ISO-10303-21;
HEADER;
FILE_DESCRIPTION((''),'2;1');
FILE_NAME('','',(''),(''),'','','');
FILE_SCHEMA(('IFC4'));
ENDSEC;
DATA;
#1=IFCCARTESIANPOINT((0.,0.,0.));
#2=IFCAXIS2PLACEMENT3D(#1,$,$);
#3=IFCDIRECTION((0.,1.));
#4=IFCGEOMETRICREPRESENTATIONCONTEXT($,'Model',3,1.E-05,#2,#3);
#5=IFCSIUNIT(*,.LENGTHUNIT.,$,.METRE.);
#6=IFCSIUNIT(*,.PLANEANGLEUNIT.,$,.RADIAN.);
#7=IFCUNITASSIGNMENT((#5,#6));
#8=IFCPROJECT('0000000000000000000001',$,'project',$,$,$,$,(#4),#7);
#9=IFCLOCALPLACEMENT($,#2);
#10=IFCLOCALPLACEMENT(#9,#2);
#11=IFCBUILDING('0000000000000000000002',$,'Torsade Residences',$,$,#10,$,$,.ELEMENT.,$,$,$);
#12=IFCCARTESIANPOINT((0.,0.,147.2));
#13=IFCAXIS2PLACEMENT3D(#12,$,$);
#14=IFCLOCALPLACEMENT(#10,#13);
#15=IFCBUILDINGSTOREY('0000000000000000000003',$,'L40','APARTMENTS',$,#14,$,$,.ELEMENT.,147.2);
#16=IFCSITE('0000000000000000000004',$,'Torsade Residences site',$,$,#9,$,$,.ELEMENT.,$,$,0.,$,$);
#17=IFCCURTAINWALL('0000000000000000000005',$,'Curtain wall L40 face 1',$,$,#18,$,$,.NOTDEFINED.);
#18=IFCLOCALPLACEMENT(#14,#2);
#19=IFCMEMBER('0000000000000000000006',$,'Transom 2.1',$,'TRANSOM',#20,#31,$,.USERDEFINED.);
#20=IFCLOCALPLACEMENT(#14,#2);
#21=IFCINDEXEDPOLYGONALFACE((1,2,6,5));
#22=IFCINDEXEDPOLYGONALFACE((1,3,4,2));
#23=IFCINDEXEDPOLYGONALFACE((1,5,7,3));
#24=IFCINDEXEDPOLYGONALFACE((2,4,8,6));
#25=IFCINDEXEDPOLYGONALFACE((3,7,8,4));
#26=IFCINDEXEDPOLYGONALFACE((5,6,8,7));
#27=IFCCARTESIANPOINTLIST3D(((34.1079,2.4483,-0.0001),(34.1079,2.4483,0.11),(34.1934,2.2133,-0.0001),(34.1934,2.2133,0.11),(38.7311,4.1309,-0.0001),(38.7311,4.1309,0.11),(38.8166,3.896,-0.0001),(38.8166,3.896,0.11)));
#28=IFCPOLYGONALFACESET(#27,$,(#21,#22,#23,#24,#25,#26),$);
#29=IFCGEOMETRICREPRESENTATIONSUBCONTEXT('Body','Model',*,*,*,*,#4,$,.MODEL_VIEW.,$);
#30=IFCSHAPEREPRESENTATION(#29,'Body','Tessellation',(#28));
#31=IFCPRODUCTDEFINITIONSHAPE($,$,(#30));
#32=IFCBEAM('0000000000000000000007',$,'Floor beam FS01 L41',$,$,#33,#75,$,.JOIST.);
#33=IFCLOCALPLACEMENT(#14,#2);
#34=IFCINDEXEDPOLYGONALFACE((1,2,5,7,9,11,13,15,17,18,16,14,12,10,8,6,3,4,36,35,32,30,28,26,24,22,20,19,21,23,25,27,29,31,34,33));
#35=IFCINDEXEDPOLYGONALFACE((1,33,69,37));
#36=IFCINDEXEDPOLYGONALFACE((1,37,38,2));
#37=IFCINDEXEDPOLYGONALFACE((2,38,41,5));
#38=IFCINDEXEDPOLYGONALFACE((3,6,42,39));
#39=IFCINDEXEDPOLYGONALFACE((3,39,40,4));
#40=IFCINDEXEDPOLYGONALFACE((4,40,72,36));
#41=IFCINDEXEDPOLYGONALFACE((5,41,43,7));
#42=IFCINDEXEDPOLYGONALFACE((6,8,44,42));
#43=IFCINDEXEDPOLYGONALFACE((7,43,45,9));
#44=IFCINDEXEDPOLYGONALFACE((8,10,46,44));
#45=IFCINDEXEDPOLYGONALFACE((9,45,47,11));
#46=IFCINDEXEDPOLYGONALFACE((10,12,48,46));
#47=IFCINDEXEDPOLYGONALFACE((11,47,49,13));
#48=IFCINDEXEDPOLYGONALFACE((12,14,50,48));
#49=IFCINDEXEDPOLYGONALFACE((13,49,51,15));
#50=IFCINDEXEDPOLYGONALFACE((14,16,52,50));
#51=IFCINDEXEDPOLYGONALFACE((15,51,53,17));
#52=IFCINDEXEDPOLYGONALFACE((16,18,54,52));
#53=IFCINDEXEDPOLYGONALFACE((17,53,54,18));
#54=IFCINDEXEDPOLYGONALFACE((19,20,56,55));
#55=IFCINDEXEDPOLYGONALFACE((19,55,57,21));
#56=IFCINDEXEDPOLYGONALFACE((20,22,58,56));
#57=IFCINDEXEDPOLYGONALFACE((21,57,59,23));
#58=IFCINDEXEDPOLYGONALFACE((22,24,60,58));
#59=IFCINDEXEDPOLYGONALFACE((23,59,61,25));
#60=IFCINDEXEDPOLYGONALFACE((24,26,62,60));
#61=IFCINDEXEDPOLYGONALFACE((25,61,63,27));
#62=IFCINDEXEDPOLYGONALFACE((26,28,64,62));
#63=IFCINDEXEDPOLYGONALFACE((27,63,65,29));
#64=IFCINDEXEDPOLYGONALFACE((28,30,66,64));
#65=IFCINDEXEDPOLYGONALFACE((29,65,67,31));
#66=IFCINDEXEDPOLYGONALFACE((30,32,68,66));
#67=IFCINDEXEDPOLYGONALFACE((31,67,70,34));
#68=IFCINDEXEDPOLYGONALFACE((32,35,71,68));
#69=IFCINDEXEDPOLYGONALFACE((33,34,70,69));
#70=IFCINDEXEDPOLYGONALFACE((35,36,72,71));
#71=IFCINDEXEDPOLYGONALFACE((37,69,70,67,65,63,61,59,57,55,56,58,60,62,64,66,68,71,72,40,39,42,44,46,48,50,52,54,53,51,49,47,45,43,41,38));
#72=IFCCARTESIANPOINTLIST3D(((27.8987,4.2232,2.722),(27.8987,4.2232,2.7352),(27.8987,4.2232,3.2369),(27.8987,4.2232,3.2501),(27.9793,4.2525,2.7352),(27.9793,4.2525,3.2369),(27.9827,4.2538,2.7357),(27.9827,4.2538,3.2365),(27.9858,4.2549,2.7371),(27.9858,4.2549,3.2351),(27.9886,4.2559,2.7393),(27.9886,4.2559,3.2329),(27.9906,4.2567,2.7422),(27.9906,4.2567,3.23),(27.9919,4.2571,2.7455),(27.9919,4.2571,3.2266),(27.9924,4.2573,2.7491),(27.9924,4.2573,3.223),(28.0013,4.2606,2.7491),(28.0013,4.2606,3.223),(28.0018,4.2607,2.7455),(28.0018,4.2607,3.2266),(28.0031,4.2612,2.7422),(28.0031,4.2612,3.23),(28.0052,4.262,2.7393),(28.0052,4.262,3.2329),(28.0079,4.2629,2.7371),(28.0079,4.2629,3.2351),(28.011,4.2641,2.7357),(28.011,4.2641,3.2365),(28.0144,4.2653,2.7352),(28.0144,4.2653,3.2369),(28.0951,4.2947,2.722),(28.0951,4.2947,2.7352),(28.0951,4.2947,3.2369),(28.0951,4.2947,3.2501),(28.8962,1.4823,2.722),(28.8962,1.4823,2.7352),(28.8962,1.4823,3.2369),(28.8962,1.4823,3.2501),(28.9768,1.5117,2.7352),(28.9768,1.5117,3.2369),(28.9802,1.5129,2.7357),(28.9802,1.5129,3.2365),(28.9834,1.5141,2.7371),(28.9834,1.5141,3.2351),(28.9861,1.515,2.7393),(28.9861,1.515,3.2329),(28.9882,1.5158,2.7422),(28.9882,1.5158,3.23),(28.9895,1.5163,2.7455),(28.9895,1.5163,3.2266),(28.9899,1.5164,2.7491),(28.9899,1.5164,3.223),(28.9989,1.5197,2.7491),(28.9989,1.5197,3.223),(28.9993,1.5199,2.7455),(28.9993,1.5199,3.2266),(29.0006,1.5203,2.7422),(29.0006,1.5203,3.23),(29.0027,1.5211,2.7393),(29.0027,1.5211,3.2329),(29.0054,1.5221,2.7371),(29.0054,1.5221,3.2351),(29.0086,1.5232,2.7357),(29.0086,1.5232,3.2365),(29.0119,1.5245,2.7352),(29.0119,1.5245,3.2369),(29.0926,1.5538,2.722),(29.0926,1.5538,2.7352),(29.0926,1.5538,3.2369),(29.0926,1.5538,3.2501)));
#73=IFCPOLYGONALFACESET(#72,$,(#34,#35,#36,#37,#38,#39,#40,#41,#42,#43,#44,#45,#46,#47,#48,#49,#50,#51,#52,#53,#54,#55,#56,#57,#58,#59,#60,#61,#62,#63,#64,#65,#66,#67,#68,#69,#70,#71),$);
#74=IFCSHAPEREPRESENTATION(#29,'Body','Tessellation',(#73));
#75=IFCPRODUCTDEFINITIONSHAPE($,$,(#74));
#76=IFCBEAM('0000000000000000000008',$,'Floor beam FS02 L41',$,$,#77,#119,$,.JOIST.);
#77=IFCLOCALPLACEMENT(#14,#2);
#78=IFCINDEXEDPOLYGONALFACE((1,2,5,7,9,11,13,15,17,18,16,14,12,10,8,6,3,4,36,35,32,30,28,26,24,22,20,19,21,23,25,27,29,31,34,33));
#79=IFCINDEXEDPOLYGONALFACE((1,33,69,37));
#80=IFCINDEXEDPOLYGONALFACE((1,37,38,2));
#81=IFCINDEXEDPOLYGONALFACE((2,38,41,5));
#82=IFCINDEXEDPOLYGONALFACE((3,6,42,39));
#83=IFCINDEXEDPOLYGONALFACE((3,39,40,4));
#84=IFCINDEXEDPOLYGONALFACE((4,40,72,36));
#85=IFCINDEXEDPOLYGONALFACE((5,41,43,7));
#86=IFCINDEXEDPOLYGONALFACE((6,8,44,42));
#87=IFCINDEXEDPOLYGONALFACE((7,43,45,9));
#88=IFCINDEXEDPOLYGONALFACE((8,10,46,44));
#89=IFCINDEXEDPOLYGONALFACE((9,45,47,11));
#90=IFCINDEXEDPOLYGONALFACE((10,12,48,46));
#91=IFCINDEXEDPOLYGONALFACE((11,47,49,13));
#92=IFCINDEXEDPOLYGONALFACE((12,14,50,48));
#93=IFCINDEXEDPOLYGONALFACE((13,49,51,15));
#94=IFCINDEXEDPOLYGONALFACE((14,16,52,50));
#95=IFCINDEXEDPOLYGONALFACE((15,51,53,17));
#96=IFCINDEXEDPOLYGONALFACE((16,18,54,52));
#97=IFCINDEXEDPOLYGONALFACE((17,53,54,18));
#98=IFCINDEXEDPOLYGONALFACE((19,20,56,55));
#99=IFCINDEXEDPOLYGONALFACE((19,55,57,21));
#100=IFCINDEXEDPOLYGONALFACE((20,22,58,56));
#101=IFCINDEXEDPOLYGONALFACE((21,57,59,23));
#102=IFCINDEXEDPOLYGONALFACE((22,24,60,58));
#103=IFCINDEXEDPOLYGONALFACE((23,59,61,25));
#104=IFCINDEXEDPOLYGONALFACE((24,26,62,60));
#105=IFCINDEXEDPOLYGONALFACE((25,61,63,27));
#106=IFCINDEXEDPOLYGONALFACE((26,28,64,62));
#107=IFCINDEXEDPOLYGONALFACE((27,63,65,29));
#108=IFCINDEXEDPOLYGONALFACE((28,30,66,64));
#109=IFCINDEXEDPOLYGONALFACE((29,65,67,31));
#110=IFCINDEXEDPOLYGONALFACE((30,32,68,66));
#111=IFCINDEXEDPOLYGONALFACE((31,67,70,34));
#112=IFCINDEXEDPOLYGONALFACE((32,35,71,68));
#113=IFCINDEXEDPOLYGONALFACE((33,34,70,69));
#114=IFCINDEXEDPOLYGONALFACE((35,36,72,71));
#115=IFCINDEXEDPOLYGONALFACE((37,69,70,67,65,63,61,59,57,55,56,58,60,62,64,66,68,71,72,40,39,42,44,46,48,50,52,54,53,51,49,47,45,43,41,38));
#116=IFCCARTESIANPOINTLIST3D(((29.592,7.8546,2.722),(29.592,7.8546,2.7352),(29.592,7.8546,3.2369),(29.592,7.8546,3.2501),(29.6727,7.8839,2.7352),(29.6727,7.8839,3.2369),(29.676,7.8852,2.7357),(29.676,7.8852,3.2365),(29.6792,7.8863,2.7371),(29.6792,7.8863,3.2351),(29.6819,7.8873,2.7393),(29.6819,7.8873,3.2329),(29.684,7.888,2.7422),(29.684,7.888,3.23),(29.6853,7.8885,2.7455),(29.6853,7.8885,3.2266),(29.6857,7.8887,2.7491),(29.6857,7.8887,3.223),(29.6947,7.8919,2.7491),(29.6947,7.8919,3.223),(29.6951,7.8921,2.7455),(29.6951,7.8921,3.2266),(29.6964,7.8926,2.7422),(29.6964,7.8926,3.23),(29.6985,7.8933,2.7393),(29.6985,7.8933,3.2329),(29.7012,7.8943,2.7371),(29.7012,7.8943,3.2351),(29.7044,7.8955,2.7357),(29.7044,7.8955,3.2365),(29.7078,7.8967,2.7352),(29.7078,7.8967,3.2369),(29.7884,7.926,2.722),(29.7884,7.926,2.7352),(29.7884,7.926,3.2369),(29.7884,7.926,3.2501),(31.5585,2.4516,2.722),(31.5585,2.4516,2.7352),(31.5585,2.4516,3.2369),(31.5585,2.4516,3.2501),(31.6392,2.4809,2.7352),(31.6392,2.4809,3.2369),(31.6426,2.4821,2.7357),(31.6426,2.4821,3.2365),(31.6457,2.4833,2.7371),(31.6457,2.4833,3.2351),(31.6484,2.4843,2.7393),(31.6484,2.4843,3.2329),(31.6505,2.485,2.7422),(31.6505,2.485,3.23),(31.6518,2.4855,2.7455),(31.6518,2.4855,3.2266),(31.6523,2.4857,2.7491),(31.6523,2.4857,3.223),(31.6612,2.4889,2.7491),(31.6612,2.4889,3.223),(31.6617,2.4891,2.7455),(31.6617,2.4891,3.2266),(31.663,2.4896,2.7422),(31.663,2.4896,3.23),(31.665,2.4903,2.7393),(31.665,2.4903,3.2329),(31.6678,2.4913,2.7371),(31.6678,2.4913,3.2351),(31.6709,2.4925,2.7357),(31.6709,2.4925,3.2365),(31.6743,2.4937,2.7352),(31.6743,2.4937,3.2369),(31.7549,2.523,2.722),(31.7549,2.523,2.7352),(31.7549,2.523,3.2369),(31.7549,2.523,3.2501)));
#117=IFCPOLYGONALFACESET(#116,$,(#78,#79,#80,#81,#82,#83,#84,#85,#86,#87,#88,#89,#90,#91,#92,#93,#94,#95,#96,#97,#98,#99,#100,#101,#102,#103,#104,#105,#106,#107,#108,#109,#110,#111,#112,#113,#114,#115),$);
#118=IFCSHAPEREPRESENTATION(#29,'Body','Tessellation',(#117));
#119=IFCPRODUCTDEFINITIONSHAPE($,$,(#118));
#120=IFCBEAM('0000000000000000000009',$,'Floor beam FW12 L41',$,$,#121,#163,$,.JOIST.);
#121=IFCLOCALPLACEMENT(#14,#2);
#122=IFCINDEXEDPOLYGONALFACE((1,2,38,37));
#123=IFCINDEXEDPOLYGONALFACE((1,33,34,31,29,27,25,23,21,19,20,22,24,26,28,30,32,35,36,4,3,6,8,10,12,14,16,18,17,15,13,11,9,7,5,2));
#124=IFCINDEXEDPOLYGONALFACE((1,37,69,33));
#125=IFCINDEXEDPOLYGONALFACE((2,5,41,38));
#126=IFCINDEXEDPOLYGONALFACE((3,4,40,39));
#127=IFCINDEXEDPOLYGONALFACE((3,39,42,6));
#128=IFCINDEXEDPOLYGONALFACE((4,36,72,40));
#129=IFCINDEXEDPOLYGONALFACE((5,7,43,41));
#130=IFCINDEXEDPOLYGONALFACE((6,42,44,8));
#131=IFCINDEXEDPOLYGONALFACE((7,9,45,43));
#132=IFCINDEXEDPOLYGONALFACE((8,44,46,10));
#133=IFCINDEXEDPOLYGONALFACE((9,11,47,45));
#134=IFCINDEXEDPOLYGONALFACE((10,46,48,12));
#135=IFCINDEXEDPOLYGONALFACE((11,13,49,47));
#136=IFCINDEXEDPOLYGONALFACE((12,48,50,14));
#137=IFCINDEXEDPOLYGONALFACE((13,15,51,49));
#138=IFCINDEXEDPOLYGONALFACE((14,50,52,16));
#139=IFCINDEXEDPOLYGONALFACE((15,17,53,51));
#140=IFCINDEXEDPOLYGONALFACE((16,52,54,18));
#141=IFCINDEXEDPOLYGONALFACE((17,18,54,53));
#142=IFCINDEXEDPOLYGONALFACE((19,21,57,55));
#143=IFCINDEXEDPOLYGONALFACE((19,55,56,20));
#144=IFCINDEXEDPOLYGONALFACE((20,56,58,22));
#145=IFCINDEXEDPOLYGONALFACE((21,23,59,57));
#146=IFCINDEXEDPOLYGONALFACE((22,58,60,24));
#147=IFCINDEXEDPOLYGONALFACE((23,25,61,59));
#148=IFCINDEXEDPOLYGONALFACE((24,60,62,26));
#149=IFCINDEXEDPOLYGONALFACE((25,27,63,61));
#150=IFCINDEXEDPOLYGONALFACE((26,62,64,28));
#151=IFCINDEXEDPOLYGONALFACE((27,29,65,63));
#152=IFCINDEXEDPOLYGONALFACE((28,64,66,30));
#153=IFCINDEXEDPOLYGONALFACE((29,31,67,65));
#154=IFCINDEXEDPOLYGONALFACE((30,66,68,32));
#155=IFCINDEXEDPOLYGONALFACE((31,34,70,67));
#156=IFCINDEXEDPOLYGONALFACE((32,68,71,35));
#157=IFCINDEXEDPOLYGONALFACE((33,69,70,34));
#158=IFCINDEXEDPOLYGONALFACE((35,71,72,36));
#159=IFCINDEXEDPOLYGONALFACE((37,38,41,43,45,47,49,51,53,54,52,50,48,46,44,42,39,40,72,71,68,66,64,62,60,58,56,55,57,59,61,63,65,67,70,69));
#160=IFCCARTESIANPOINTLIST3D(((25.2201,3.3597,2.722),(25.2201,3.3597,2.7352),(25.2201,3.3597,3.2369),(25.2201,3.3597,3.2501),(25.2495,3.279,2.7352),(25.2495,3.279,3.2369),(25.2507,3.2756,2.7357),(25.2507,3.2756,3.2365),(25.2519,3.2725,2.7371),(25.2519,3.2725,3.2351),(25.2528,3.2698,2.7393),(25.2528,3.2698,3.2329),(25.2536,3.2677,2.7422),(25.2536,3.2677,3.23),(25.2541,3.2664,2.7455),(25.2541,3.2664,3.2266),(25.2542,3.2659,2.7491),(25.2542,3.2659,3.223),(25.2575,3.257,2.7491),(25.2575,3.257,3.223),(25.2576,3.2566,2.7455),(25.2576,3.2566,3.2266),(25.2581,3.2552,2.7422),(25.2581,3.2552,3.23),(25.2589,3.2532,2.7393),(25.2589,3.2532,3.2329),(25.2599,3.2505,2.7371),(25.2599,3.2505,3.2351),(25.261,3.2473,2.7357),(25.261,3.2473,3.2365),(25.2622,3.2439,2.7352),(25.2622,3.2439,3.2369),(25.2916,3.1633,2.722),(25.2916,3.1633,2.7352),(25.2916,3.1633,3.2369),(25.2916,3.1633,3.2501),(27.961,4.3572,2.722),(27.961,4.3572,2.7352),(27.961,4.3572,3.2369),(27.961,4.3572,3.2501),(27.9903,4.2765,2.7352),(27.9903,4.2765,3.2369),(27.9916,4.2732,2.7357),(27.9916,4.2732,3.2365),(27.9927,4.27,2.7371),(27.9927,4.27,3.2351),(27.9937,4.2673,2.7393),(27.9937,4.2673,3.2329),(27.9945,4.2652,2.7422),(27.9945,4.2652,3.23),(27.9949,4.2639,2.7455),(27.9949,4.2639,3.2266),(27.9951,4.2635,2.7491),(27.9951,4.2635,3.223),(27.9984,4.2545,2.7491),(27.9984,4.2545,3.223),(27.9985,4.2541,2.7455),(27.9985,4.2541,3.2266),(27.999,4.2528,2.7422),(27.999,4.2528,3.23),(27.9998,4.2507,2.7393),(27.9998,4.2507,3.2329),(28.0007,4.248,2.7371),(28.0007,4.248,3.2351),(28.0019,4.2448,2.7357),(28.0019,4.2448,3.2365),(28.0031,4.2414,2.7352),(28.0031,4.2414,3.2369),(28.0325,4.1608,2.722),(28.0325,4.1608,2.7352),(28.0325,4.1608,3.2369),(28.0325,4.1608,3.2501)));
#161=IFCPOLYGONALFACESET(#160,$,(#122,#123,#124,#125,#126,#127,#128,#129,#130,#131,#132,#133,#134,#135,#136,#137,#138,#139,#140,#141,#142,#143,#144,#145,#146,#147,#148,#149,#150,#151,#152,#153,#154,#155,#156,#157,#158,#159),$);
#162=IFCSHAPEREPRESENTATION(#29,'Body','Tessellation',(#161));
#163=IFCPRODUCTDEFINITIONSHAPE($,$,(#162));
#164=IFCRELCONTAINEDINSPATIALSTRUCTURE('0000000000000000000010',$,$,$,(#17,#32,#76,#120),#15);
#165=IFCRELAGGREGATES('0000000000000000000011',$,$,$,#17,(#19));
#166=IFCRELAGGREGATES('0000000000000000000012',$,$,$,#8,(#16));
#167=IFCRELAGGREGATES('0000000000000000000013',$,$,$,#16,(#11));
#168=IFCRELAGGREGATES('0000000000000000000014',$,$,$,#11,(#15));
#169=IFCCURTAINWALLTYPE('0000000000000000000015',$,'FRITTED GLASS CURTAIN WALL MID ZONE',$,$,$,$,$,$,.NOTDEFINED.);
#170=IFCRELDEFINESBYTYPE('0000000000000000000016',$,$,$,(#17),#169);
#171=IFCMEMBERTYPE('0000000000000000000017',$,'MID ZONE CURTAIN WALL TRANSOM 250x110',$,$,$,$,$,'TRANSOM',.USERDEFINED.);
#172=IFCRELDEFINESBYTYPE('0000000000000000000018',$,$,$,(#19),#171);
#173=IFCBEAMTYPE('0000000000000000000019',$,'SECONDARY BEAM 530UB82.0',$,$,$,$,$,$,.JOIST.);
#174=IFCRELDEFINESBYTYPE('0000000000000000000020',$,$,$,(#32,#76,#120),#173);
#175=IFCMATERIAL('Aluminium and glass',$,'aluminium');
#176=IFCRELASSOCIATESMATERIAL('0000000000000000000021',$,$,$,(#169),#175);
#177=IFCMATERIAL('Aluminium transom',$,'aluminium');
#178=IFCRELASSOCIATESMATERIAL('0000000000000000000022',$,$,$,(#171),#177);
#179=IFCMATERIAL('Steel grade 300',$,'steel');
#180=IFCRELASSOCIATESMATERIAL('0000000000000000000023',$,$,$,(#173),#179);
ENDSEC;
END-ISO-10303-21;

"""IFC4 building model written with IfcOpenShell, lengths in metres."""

from ifc_helpers import new_model, si_unit, direction, frame, origin, origin_2d, place, context, subcontext, project, spatial, rectangle, i_section, extrude, material, material_profile, profile_set, type_object, element, aggregate, save


model = new_model("IFC4")

# Units and contexts
model_context = context("Model", 3, precision=1e-05, world=origin(), true_north=direction((0.0, 1.0)))
body_context = subcontext(model_context, "Body", "Model", "MODEL_VIEW")
ifc_project = project(units=[si_unit("LENGTHUNIT", "METRE"), si_unit("PLANEANGLEUNIT", "RADIAN")], contexts=[model_context])

# Site, building, storey
site_placement = place(None, origin())
site = spatial("IfcSite", under=ifc_project, at=site_placement, Name="Torsade Residences site", CompositionType="ELEMENT", RefElevation=0.0)
building_placement = place(site_placement, origin())
building = spatial("IfcBuilding", under=site, at=building_placement, Name="Torsade Residences", CompositionType="ELEMENT")
storey_placement = place(building_placement, frame((0.0, 0.0, 147.2)))
storey = spatial("IfcBuildingStorey", under=building, at=storey_placement, Name="L40", Description="APARTMENTS", CompositionType="ELEMENT", Elevation=147.2)

# Curtain wall, member
ifc_material_1 = material(Name="Aluminium and glass", Category="aluminium")
curtain_wall_type = type_object("IfcCurtainWallType", Name="FRITTED GLASS CURTAIN WALL MID ZONE", PredefinedType="NOTDEFINED", material=ifc_material_1)
curtain_wall_placement = place(storey_placement, origin())
curtain_wall = element("IfcCurtainWall", 1, at=curtain_wall_placement, inside=storey, type_object=curtain_wall_type, Name="Curtain wall L40 face 1", PredefinedType="NOTDEFINED")
ifc_material_2 = material(Name="Aluminium transom", Category="aluminium")
ifc_material_profile_1 = material_profile(ifc_material_2, rectangle(XDim=0.25, YDim=0.1101, at=origin_2d()), Name="MID ZONE CURTAIN WALL TRANSOM 250x110")
ifc_profile_set_1 = profile_set([ifc_material_profile_1], Name="Aluminium transom")
member_type_1 = type_object("IfcMemberType", Name="MID ZONE CURTAIN WALL TRANSOM 250x110", ElementType="TRANSOM", PredefinedType="USERDEFINED", material=ifc_profile_set_1)
member_1_placement = place(storey_placement, frame((34.1506, 2.3308, 0.0549), z_axis=(0.939701, 0.341998, 0.0), x_axis=(-0.341998, 0.939701, 0.0)))
member_1 = element("IfcMember", 2, at=member_1_placement, type_object=member_type_1, Name="Transom 2.1", ObjectType="TRANSOM", PredefinedType="USERDEFINED", context=body_context, shape_type="SweptSolid", body=[
    extrude(rectangle(XDim=0.25, YDim=0.1101, at=origin_2d()), origin(), (0.0, 0.0, 1.0), 4.9199),
])

# Beams
ifc_material_3 = material(Name="Steel grade 300", Category="steel")
ifc_material_profile_2 = material_profile(ifc_material_3, i_section(OverallWidth=0.209, OverallDepth=0.5281, WebThickness=0.0095, FlangeThickness=0.0132, FilletRadius=0.0139, at=origin_2d()), Name="530UB82.0")
ifc_profile_set_2 = profile_set([ifc_material_profile_2], Name="Steel grade 300")
beam_type_1 = type_object("IfcBeamType", Name="SECONDARY BEAM 530UB82.0", PredefinedType="JOIST", material=ifc_profile_set_2)
beam_1_placement = place(storey_placement, frame((28.9944, 1.5181, 2.9861), z_axis=(-0.341998, 0.939701, 0.0), x_axis=(-0.939701, -0.341998, 0.0)))
element("IfcBeam", 3, at=beam_1_placement, inside=storey, type_object=beam_type_1, Name="Floor beam FS01 L41", PredefinedType="JOIST", context=body_context, shape_type="SweptSolid", body=[
    extrude(i_section(OverallWidth=0.209, OverallDepth=0.5281, WebThickness=0.0095, FlangeThickness=0.0132, FilletRadius=0.0139, at=origin_2d()), origin(), (0.0, 0.0, 1.0), 2.9167),
])
beam_2_placement = place(storey_placement, frame((31.6567, 2.4873, 2.9861), z_axis=(-0.342019, 0.939693, 0.0), x_axis=(-0.939693, -0.342019, 0.0)))
element("IfcBeam", 4, at=beam_2_placement, inside=storey, type_object=beam_type_1, Name="Floor beam FS02 L41", PredefinedType="JOIST", context=body_context, shape_type="SweptSolid", body=[
    extrude(i_section(OverallWidth=0.209, OverallDepth=0.5281, WebThickness=0.0095, FlangeThickness=0.0132, FilletRadius=0.0139, at=origin_2d()), origin(), (0.0, 0.0, 1.0), 5.7498),
])
beam_3_placement = place(storey_placement, frame((25.2559, 3.2615, 2.9861), z_axis=(0.939701, 0.341998, 0.0), x_axis=(-0.341998, 0.939701, 0.0)))
element("IfcBeam", 5, at=beam_3_placement, inside=storey, type_object=beam_type_1, Name="Floor beam FW12 L41", PredefinedType="JOIST", context=body_context, shape_type="SweptSolid", body=[
    extrude(i_section(OverallWidth=0.209, OverallDepth=0.5281, WebThickness=0.0095, FlangeThickness=0.0132, FilletRadius=0.0139, at=origin_2d()), origin(), (0.0, 0.0, 1.0), 2.9167),
])

aggregate(curtain_wall, [member_1])

save(model, "model.ifc")
